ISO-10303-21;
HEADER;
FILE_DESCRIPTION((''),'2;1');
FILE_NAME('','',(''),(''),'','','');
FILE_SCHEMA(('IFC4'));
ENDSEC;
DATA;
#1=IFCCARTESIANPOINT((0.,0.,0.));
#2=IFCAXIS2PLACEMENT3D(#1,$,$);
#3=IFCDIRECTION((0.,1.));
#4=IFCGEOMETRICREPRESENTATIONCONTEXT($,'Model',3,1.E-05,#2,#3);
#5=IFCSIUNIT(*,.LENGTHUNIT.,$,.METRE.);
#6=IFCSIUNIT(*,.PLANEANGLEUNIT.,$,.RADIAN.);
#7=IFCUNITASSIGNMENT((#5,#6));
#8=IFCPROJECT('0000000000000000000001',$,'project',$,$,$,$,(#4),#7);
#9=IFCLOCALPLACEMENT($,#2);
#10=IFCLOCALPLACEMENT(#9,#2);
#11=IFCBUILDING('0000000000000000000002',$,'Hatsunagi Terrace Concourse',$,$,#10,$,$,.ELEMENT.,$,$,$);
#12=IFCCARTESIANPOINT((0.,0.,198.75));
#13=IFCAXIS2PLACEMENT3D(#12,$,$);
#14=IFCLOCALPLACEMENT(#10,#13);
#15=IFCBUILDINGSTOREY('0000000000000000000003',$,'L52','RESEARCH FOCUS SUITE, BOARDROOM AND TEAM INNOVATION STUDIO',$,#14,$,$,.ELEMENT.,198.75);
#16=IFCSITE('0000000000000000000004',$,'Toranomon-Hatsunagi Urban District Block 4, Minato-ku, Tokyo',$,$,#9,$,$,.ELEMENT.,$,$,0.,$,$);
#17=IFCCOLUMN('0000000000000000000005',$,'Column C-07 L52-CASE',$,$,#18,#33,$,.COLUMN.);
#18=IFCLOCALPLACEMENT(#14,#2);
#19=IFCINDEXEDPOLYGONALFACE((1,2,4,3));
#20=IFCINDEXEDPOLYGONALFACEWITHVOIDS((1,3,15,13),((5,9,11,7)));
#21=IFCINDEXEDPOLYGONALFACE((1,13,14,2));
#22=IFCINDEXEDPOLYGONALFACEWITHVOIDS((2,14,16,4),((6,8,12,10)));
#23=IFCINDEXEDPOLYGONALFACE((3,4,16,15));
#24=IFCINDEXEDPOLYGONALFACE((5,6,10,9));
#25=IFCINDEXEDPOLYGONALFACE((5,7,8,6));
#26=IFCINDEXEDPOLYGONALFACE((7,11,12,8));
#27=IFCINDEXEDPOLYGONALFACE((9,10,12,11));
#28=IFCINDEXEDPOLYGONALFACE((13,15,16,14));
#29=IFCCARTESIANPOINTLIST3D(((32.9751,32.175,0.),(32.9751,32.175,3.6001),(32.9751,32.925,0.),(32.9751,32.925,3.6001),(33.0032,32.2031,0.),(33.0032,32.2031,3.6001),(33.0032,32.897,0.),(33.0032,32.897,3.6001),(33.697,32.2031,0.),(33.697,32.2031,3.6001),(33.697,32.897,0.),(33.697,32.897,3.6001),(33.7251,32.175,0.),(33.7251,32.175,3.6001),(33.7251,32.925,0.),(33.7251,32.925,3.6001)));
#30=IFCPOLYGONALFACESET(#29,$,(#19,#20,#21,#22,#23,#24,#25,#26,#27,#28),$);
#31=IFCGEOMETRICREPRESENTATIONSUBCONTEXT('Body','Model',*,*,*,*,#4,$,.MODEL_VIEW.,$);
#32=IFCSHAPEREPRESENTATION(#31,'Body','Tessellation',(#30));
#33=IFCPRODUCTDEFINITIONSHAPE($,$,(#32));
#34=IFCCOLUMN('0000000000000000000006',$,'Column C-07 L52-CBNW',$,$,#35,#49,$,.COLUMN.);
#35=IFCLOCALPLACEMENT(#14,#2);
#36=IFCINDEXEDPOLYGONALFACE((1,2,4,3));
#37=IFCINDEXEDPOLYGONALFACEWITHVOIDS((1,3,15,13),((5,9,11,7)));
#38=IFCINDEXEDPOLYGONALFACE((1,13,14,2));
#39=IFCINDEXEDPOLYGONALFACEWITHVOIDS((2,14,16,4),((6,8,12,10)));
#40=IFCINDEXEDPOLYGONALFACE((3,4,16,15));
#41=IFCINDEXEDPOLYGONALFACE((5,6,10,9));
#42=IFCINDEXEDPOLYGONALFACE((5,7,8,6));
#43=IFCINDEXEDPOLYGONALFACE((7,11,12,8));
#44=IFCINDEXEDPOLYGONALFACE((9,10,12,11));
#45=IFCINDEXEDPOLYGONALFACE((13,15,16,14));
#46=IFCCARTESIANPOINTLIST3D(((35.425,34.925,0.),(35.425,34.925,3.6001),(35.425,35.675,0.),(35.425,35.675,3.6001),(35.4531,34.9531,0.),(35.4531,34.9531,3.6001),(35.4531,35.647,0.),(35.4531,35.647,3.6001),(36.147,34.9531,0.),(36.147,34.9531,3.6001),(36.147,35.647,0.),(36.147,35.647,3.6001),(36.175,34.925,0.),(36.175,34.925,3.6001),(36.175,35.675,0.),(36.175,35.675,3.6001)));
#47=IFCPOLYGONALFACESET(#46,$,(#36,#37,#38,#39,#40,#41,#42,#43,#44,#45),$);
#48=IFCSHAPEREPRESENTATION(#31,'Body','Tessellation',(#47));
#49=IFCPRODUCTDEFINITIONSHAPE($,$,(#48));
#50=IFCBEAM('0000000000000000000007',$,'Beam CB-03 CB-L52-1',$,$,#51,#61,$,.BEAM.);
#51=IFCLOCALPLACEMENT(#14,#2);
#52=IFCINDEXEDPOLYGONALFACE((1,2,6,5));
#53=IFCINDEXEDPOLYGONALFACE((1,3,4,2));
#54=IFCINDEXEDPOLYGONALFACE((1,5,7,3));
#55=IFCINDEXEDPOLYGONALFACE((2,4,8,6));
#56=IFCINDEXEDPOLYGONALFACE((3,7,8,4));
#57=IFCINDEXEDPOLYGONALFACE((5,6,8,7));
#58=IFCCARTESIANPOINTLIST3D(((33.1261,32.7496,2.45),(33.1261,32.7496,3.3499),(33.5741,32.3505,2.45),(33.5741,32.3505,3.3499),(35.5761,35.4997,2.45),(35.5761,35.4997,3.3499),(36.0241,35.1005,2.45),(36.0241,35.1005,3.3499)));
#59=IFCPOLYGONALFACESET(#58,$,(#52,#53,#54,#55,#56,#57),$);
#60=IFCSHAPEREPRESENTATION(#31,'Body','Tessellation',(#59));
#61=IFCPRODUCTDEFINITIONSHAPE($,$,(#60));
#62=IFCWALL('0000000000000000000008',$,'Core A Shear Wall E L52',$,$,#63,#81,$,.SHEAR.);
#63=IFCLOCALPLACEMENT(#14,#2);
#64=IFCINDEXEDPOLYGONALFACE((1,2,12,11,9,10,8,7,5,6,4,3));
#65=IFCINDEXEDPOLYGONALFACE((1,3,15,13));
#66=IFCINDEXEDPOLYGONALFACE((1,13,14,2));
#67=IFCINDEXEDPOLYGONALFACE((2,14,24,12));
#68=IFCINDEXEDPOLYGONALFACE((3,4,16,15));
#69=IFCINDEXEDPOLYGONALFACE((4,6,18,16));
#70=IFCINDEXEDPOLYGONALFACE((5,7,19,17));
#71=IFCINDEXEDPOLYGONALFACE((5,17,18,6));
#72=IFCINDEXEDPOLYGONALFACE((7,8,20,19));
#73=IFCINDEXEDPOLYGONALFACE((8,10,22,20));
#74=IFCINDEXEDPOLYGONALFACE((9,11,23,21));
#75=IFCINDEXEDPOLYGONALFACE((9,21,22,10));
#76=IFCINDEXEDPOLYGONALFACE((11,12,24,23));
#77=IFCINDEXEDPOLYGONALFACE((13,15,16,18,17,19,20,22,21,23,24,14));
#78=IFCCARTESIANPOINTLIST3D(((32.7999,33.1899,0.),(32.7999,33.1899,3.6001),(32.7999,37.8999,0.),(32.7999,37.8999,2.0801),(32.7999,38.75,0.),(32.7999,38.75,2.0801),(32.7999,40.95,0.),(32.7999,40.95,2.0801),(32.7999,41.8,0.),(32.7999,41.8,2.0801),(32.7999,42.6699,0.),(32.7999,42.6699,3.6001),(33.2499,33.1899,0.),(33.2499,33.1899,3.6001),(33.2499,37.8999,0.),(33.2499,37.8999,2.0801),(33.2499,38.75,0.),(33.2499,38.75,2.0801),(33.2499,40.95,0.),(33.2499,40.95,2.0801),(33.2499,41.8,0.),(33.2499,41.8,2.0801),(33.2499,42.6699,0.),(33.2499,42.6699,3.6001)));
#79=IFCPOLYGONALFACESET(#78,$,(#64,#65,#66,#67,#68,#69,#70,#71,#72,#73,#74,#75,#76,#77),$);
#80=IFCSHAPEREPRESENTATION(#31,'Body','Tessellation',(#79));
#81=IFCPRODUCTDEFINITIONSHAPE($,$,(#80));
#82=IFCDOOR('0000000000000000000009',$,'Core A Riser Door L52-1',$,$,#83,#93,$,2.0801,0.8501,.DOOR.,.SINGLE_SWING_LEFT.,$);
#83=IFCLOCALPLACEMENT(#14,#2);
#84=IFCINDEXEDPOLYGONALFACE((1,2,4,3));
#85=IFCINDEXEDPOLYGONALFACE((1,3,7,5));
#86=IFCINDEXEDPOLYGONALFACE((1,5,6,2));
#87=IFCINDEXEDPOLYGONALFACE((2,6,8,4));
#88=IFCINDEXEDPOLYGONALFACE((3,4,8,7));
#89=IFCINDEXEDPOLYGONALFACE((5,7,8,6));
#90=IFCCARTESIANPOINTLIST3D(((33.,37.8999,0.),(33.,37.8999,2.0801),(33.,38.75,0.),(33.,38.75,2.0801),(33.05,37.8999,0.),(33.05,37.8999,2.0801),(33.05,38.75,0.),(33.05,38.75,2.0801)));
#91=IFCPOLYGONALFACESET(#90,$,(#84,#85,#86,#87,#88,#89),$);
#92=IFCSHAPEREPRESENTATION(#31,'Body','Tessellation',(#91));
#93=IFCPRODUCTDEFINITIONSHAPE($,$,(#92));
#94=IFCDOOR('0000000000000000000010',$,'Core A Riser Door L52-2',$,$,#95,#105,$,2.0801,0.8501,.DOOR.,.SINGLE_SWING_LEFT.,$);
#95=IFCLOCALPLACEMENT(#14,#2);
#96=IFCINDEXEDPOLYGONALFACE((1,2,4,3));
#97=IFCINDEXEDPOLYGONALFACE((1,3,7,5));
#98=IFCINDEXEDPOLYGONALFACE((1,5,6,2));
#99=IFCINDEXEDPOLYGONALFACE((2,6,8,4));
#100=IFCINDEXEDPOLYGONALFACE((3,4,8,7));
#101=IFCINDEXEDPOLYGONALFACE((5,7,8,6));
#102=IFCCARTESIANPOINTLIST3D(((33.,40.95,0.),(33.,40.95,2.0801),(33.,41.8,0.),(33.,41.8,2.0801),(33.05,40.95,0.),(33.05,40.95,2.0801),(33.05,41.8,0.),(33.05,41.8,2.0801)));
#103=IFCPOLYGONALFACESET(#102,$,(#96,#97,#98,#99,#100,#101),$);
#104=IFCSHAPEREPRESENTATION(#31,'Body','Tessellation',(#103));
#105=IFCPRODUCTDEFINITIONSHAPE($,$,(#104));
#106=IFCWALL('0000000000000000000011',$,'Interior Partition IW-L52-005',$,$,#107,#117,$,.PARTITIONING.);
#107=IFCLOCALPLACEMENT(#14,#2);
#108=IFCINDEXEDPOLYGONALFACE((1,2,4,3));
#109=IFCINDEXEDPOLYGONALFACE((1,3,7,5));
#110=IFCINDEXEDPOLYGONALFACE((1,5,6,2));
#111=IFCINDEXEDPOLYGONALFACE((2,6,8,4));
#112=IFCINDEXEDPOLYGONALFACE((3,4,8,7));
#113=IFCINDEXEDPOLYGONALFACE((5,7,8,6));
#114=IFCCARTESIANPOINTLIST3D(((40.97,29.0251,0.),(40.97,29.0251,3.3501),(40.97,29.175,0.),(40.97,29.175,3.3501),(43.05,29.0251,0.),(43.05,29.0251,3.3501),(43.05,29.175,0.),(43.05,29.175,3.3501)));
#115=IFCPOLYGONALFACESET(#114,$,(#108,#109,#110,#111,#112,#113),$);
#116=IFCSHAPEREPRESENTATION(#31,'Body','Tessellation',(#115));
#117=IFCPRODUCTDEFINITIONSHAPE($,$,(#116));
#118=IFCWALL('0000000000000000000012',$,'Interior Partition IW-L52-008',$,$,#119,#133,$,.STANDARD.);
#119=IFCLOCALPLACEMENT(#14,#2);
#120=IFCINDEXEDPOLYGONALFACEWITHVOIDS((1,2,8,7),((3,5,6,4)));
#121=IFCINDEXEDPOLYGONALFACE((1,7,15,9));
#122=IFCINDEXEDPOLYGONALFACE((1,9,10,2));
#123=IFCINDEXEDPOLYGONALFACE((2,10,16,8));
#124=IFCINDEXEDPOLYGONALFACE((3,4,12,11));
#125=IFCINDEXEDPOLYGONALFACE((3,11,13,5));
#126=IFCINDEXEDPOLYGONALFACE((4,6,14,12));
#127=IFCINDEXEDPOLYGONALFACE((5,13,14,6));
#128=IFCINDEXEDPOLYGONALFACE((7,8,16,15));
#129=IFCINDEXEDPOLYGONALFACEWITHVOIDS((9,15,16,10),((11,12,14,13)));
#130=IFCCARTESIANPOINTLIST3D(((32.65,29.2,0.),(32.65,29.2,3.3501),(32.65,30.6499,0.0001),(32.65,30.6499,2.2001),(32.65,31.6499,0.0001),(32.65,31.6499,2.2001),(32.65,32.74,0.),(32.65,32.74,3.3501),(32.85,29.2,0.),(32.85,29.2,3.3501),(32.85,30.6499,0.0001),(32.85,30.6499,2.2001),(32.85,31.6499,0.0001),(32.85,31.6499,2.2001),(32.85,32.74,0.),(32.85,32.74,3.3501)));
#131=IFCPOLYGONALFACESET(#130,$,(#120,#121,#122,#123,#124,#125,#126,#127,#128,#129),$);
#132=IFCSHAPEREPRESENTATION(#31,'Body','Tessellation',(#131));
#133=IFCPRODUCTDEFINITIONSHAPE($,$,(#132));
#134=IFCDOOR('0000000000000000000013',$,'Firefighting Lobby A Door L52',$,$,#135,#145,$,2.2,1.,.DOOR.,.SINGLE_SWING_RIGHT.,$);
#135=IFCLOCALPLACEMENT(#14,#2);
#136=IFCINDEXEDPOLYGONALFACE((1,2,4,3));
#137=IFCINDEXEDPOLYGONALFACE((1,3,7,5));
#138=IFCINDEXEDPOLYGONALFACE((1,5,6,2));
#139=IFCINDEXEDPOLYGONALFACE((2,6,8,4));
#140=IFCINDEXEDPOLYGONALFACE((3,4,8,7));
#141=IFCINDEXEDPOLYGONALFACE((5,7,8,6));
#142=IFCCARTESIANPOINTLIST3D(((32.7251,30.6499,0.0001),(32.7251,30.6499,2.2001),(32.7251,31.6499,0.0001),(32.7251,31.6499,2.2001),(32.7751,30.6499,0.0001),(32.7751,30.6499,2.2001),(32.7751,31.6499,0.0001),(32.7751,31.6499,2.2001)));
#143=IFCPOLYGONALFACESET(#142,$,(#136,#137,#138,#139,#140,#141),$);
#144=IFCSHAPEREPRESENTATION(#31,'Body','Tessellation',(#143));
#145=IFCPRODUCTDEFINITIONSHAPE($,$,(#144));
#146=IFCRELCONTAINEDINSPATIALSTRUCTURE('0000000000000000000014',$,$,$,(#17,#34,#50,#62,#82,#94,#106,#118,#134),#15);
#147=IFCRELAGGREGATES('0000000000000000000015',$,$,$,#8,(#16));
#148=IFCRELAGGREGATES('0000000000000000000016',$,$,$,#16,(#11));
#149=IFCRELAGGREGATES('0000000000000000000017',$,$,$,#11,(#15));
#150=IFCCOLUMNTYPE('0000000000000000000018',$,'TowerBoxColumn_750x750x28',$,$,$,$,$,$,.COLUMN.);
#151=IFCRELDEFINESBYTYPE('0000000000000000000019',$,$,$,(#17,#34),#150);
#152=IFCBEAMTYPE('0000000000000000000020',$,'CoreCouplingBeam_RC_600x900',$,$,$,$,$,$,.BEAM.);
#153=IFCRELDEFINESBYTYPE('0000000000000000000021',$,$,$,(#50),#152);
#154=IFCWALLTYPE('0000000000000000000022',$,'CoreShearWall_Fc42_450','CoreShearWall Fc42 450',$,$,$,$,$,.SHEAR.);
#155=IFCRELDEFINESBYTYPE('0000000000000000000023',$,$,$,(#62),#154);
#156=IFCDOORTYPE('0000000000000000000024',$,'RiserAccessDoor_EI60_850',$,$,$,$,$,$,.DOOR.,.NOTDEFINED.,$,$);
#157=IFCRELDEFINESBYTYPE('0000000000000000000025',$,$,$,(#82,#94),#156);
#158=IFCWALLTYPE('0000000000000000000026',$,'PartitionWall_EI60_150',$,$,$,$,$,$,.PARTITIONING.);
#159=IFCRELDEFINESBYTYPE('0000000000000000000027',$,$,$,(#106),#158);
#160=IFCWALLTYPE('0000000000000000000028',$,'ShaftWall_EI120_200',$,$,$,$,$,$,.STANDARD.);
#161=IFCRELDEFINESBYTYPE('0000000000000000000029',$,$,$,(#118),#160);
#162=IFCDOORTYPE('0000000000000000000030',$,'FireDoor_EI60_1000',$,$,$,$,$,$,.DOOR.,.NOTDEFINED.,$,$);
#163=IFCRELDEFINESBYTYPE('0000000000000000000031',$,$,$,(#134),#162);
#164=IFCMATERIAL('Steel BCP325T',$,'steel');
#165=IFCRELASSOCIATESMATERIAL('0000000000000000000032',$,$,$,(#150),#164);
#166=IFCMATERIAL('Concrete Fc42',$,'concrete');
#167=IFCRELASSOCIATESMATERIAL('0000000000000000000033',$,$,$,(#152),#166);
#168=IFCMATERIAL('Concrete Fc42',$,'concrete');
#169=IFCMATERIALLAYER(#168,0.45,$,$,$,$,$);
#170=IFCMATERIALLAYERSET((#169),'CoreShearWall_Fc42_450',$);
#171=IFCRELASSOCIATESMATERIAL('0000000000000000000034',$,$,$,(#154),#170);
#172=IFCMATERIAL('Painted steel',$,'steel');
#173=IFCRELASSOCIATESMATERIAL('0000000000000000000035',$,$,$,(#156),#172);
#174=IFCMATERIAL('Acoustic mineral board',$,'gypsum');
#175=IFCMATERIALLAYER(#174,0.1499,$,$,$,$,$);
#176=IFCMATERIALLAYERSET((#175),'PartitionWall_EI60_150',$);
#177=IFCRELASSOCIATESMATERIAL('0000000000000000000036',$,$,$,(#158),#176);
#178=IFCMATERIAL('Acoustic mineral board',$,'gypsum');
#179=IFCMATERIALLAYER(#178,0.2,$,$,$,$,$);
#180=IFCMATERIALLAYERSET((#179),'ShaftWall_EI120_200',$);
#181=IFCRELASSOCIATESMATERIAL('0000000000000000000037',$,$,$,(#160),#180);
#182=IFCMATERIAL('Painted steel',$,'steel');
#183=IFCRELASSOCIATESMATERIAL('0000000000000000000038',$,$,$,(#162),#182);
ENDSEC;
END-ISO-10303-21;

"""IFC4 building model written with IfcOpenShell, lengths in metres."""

from ifc_helpers import new_model, si_unit, direction, frame, frame_2d, origin, origin_2d, place, context, subcontext, project, spatial, rectangle, hollow_rectangle, extrude, material, layer, layer_set, material_profile, profile_set, type_object, element, fill, save


model = new_model("IFC4")

# Units and contexts
model_context = context("Model", 3, precision=1e-05, world=origin(), true_north=direction((0.0, 1.0)))
body_context = subcontext(model_context, "Body", "Model", "MODEL_VIEW")
ifc_project = project(units=[si_unit("LENGTHUNIT", "METRE"), si_unit("PLANEANGLEUNIT", "RADIAN")], contexts=[model_context])

# Site, building, storey
site_placement = place(None, origin())
site = spatial("IfcSite", under=ifc_project, at=site_placement, Name="Toranomon-Hatsunagi Urban District Block 4, Minato-ku, Tokyo", CompositionType="ELEMENT", RefElevation=0.0)
building_placement = place(site_placement, origin())
building = spatial("IfcBuilding", under=site, at=building_placement, Name="Hatsunagi Terrace Concourse", CompositionType="ELEMENT")
storey_placement = place(building_placement, frame((0.0, 0.0, 198.75)))
storey = spatial("IfcBuildingStorey", under=building, at=storey_placement, Name="L52", Description="RESEARCH FOCUS SUITE, BOARDROOM AND TEAM INNOVATION STUDIO", CompositionType="ELEMENT", Elevation=198.75)

# Columns
ifc_material_1 = material(Name="Steel BCP325T", Category="steel")
ifc_material_profile_1 = material_profile(ifc_material_1, hollow_rectangle(XDim=0.75, YDim=0.75, WallThickness=0.0281, at=origin_2d()), Name="BCP-750x750x28")
ifc_profile_set_1 = profile_set([ifc_material_profile_1], Name="Steel BCP325T")
column_type = type_object("IfcColumnType", Name="TowerBoxColumn_750x750x28", PredefinedType="COLUMN", material=ifc_profile_set_1)
for number, where, z_axis, x_axis, name in (
    (1, (33.3501, 32.55, 0.0), (0.0, 0.0, 1.0), (1.0, 0.0, 0.0), "Column C-07 L52-CASE"),
    (2, (35.8, 35.3, 0.0), (0.0, 0.0, 1.0), (1.0, 0.0, 0.0), "Column C-07 L52-CBNW"),
):
    element("IfcColumn", number, at=place(storey_placement, frame(where, z_axis=z_axis, x_axis=x_axis)), inside=storey, type_object=column_type, Name=name, PredefinedType="COLUMN", context=body_context, shape_type="SweptSolid", body=[
        extrude(hollow_rectangle(XDim=0.75, YDim=0.75, WallThickness=0.0281, at=origin_2d()), origin(), (0.0, 0.0, 1.0), 3.6001),
    ])

# Beam
ifc_material_2 = material(Name="Concrete Fc42", Category="concrete")
ifc_material_profile_2 = material_profile(ifc_material_2, rectangle(XDim=0.6001, YDim=0.8999, at=origin_2d()), Name="RC-600x900")
ifc_profile_set_2 = profile_set([ifc_material_profile_2], Name="Concrete Fc42")
beam_type = type_object("IfcBeamType", Name="CoreCouplingBeam_RC_600x900", PredefinedType="BEAM", material=ifc_profile_set_2)
beam_placement = place(storey_placement, frame((33.3501, 32.55, 2.8999), z_axis=(0.665199, 0.746666, 0.0), x_axis=(-0.746666, 0.665199, 0.0)))
element("IfcBeam", 3, at=beam_placement, inside=storey, type_object=beam_type, Name="Beam CB-03 CB-L52-1", PredefinedType="BEAM", context=body_context, shape_type="SweptSolid", body=[
    extrude(rectangle(XDim=0.6001, YDim=0.8999, at=origin_2d()), origin(), (0.0, 0.0, 1.0), 3.6831),
])

# Wall, openings, doors
ifc_material_3 = material(Name="Concrete Fc42", Category="concrete")
ifc_layer_1 = layer(ifc_material_3, 0.45)
ifc_layer_set_1 = layer_set([ifc_layer_1], Name="CoreShearWall_Fc42_450")
wall_type_1 = type_object("IfcWallType", Name="CoreShearWall_Fc42_450", Description="CoreShearWall Fc42 450", PredefinedType="SHEAR", material=ifc_layer_set_1)
wall_1_placement = place(storey_placement, frame((33.0249, 33.1899, 0.0), z_axis=(0.0, 0.0, 1.0), x_axis=(0.0, 1.0, 0.0)))
wall_1 = element("IfcWall", 4, at=wall_1_placement, inside=storey, type_object=wall_type_1, Name="Core A Shear Wall E L52", PredefinedType="SHEAR", context=body_context, shape_type="SweptSolid", body=[
    extrude(rectangle(XDim=9.48, YDim=0.45, at=frame_2d((4.74, 0.0))), origin(), (0.0, 0.0, 1.0), 3.6001),
])
opening_1_placement = place(wall_1_placement, frame((4.71, 0.0, 0.0)))
opening_1 = element("IfcOpeningElement", 5, at=opening_1_placement, cuts=wall_1, PredefinedType="OPENING", context=body_context, shape_type="SweptSolid", body=[
    extrude(rectangle(XDim=0.8501, YDim=2.0801, at=frame_2d((0.425, 1.04))), frame((0.0, 0.2349, 0.0), z_axis=(0.0, -1.0, 0.0), x_axis=(1.0, 0.0, 0.0)), (0.0, 0.0, 1.0), 0.47),
])
opening_2_placement = place(wall_1_placement, frame((7.76, 0.0, 0.0)))
opening_2 = element("IfcOpeningElement", 6, at=opening_2_placement, cuts=wall_1, PredefinedType="OPENING", context=body_context, shape_type="SweptSolid", body=[
    extrude(rectangle(XDim=0.8501, YDim=2.0801, at=frame_2d((0.425, 1.04))), frame((0.0, 0.2349, 0.0), z_axis=(0.0, -1.0, 0.0), x_axis=(1.0, 0.0, 0.0)), (0.0, 0.0, 1.0), 0.47),
])
ifc_material_4 = material(Name="Painted steel", Category="steel")
door_type_1 = type_object("IfcDoorType", Name="RiserAccessDoor_EI60_850", OperationType="NOTDEFINED", PredefinedType="DOOR", material=ifc_material_4)
door_1_placement = place(opening_1_placement, origin())
door_1 = element("IfcDoor", 7, at=door_1_placement, inside=storey, type_object=door_type_1, Name="Core A Riser Door L52-1", OperationType="SINGLE_SWING_LEFT", OverallHeight=2.0801, OverallWidth=0.8501, PredefinedType="DOOR", context=body_context, shape_type="SweptSolid", body=[
    extrude(rectangle(XDim=0.8501, YDim=2.0801, at=frame_2d((0.425, 1.04))), frame((0.0, 0.0249, 0.0), z_axis=(0.0, -1.0, 0.0), x_axis=(1.0, 0.0, 0.0)), (0.0, 0.0, 1.0), 0.05),
])
fill(opening_1, door_1)
door_2_placement = place(opening_2_placement, origin())
door_2 = element("IfcDoor", 8, at=door_2_placement, inside=storey, type_object=door_type_1, Name="Core A Riser Door L52-2", OperationType="SINGLE_SWING_LEFT", OverallHeight=2.0801, OverallWidth=0.8501, PredefinedType="DOOR", context=body_context, shape_type="SweptSolid", body=[
    extrude(rectangle(XDim=0.8501, YDim=2.0801, at=frame_2d((0.425, 1.04))), frame((0.0, 0.0249, 0.0), z_axis=(0.0, -1.0, 0.0), x_axis=(1.0, 0.0, 0.0)), (0.0, 0.0, 1.0), 0.05),
])
fill(opening_2, door_2)

# Wall
ifc_material_5 = material(Name="Acoustic mineral board", Category="gypsum")
ifc_layer_2 = layer(ifc_material_5, 0.1499)
ifc_layer_set_2 = layer_set([ifc_layer_2], Name="PartitionWall_EI60_150")
wall_type_2 = type_object("IfcWallType", Name="PartitionWall_EI60_150", PredefinedType="PARTITIONING", material=ifc_layer_set_2)
wall_2_placement = place(storey_placement, frame((40.97, 29.1001, 0.0), z_axis=(0.0, 0.0, 1.0), x_axis=(1.0, 0.0, 0.0)))
element("IfcWall", 9, at=wall_2_placement, inside=storey, type_object=wall_type_2, Name="Interior Partition IW-L52-005", PredefinedType="PARTITIONING", context=body_context, shape_type="SweptSolid", body=[
    extrude(rectangle(XDim=2.0801, YDim=0.1499, at=frame_2d((1.04, 0.0))), origin(), (0.0, 0.0, 1.0), 3.3501),
])

# Wall, opening, door
ifc_material_6 = material(Name="Acoustic mineral board", Category="gypsum")
ifc_layer_3 = layer(ifc_material_6, 0.2)
ifc_layer_set_3 = layer_set([ifc_layer_3], Name="ShaftWall_EI120_200")
wall_type_3 = type_object("IfcWallType", Name="ShaftWall_EI120_200", PredefinedType="STANDARD", material=ifc_layer_set_3)
wall_3_placement = place(storey_placement, frame((32.75, 29.2, 0.0), z_axis=(0.0, 0.0, 1.0), x_axis=(0.0, 1.0, 0.0)))
wall_3 = element("IfcWall", 10, at=wall_3_placement, inside=storey, type_object=wall_type_3, Name="Interior Partition IW-L52-008", PredefinedType="STANDARD", context=body_context, shape_type="SweptSolid", body=[
    extrude(rectangle(XDim=3.54, YDim=0.2, at=frame_2d((1.77, 0.0))), origin(), (0.0, 0.0, 1.0), 3.3501),
])
opening_3_placement = place(wall_3_placement, frame((1.45, 0.0, 0.0)))
opening_3 = element("IfcOpeningElement", 11, at=opening_3_placement, cuts=wall_3, PredefinedType="OPENING", context=body_context, shape_type="SweptSolid", body=[
    extrude(rectangle(XDim=1.0, YDim=2.2, at=frame_2d((0.5, 1.1001))), frame((0.0, 0.1099, 0.0), z_axis=(0.0, -1.0, 0.0), x_axis=(1.0, 0.0, 0.0)), (0.0, 0.0, 1.0), 0.22),
])
ifc_material_7 = material(Name="Painted steel", Category="steel")
door_type_2 = type_object("IfcDoorType", Name="FireDoor_EI60_1000", OperationType="NOTDEFINED", PredefinedType="DOOR", material=ifc_material_7)
door_3_placement = place(opening_3_placement, origin())
door_3 = element("IfcDoor", 12, at=door_3_placement, inside=storey, type_object=door_type_2, Name="Firefighting Lobby A Door L52", OperationType="SINGLE_SWING_RIGHT", OverallHeight=2.2, OverallWidth=1.0, PredefinedType="DOOR", context=body_context, shape_type="SweptSolid", body=[
    extrude(rectangle(XDim=1.0, YDim=2.2, at=frame_2d((0.5, 1.1001))), frame((0.0, 0.0249, 0.0), z_axis=(0.0, -1.0, 0.0), x_axis=(1.0, 0.0, 0.0)), (0.0, 0.0, 1.0), 0.05),
])
fill(opening_3, door_3)

save(model, "model.ifc")
